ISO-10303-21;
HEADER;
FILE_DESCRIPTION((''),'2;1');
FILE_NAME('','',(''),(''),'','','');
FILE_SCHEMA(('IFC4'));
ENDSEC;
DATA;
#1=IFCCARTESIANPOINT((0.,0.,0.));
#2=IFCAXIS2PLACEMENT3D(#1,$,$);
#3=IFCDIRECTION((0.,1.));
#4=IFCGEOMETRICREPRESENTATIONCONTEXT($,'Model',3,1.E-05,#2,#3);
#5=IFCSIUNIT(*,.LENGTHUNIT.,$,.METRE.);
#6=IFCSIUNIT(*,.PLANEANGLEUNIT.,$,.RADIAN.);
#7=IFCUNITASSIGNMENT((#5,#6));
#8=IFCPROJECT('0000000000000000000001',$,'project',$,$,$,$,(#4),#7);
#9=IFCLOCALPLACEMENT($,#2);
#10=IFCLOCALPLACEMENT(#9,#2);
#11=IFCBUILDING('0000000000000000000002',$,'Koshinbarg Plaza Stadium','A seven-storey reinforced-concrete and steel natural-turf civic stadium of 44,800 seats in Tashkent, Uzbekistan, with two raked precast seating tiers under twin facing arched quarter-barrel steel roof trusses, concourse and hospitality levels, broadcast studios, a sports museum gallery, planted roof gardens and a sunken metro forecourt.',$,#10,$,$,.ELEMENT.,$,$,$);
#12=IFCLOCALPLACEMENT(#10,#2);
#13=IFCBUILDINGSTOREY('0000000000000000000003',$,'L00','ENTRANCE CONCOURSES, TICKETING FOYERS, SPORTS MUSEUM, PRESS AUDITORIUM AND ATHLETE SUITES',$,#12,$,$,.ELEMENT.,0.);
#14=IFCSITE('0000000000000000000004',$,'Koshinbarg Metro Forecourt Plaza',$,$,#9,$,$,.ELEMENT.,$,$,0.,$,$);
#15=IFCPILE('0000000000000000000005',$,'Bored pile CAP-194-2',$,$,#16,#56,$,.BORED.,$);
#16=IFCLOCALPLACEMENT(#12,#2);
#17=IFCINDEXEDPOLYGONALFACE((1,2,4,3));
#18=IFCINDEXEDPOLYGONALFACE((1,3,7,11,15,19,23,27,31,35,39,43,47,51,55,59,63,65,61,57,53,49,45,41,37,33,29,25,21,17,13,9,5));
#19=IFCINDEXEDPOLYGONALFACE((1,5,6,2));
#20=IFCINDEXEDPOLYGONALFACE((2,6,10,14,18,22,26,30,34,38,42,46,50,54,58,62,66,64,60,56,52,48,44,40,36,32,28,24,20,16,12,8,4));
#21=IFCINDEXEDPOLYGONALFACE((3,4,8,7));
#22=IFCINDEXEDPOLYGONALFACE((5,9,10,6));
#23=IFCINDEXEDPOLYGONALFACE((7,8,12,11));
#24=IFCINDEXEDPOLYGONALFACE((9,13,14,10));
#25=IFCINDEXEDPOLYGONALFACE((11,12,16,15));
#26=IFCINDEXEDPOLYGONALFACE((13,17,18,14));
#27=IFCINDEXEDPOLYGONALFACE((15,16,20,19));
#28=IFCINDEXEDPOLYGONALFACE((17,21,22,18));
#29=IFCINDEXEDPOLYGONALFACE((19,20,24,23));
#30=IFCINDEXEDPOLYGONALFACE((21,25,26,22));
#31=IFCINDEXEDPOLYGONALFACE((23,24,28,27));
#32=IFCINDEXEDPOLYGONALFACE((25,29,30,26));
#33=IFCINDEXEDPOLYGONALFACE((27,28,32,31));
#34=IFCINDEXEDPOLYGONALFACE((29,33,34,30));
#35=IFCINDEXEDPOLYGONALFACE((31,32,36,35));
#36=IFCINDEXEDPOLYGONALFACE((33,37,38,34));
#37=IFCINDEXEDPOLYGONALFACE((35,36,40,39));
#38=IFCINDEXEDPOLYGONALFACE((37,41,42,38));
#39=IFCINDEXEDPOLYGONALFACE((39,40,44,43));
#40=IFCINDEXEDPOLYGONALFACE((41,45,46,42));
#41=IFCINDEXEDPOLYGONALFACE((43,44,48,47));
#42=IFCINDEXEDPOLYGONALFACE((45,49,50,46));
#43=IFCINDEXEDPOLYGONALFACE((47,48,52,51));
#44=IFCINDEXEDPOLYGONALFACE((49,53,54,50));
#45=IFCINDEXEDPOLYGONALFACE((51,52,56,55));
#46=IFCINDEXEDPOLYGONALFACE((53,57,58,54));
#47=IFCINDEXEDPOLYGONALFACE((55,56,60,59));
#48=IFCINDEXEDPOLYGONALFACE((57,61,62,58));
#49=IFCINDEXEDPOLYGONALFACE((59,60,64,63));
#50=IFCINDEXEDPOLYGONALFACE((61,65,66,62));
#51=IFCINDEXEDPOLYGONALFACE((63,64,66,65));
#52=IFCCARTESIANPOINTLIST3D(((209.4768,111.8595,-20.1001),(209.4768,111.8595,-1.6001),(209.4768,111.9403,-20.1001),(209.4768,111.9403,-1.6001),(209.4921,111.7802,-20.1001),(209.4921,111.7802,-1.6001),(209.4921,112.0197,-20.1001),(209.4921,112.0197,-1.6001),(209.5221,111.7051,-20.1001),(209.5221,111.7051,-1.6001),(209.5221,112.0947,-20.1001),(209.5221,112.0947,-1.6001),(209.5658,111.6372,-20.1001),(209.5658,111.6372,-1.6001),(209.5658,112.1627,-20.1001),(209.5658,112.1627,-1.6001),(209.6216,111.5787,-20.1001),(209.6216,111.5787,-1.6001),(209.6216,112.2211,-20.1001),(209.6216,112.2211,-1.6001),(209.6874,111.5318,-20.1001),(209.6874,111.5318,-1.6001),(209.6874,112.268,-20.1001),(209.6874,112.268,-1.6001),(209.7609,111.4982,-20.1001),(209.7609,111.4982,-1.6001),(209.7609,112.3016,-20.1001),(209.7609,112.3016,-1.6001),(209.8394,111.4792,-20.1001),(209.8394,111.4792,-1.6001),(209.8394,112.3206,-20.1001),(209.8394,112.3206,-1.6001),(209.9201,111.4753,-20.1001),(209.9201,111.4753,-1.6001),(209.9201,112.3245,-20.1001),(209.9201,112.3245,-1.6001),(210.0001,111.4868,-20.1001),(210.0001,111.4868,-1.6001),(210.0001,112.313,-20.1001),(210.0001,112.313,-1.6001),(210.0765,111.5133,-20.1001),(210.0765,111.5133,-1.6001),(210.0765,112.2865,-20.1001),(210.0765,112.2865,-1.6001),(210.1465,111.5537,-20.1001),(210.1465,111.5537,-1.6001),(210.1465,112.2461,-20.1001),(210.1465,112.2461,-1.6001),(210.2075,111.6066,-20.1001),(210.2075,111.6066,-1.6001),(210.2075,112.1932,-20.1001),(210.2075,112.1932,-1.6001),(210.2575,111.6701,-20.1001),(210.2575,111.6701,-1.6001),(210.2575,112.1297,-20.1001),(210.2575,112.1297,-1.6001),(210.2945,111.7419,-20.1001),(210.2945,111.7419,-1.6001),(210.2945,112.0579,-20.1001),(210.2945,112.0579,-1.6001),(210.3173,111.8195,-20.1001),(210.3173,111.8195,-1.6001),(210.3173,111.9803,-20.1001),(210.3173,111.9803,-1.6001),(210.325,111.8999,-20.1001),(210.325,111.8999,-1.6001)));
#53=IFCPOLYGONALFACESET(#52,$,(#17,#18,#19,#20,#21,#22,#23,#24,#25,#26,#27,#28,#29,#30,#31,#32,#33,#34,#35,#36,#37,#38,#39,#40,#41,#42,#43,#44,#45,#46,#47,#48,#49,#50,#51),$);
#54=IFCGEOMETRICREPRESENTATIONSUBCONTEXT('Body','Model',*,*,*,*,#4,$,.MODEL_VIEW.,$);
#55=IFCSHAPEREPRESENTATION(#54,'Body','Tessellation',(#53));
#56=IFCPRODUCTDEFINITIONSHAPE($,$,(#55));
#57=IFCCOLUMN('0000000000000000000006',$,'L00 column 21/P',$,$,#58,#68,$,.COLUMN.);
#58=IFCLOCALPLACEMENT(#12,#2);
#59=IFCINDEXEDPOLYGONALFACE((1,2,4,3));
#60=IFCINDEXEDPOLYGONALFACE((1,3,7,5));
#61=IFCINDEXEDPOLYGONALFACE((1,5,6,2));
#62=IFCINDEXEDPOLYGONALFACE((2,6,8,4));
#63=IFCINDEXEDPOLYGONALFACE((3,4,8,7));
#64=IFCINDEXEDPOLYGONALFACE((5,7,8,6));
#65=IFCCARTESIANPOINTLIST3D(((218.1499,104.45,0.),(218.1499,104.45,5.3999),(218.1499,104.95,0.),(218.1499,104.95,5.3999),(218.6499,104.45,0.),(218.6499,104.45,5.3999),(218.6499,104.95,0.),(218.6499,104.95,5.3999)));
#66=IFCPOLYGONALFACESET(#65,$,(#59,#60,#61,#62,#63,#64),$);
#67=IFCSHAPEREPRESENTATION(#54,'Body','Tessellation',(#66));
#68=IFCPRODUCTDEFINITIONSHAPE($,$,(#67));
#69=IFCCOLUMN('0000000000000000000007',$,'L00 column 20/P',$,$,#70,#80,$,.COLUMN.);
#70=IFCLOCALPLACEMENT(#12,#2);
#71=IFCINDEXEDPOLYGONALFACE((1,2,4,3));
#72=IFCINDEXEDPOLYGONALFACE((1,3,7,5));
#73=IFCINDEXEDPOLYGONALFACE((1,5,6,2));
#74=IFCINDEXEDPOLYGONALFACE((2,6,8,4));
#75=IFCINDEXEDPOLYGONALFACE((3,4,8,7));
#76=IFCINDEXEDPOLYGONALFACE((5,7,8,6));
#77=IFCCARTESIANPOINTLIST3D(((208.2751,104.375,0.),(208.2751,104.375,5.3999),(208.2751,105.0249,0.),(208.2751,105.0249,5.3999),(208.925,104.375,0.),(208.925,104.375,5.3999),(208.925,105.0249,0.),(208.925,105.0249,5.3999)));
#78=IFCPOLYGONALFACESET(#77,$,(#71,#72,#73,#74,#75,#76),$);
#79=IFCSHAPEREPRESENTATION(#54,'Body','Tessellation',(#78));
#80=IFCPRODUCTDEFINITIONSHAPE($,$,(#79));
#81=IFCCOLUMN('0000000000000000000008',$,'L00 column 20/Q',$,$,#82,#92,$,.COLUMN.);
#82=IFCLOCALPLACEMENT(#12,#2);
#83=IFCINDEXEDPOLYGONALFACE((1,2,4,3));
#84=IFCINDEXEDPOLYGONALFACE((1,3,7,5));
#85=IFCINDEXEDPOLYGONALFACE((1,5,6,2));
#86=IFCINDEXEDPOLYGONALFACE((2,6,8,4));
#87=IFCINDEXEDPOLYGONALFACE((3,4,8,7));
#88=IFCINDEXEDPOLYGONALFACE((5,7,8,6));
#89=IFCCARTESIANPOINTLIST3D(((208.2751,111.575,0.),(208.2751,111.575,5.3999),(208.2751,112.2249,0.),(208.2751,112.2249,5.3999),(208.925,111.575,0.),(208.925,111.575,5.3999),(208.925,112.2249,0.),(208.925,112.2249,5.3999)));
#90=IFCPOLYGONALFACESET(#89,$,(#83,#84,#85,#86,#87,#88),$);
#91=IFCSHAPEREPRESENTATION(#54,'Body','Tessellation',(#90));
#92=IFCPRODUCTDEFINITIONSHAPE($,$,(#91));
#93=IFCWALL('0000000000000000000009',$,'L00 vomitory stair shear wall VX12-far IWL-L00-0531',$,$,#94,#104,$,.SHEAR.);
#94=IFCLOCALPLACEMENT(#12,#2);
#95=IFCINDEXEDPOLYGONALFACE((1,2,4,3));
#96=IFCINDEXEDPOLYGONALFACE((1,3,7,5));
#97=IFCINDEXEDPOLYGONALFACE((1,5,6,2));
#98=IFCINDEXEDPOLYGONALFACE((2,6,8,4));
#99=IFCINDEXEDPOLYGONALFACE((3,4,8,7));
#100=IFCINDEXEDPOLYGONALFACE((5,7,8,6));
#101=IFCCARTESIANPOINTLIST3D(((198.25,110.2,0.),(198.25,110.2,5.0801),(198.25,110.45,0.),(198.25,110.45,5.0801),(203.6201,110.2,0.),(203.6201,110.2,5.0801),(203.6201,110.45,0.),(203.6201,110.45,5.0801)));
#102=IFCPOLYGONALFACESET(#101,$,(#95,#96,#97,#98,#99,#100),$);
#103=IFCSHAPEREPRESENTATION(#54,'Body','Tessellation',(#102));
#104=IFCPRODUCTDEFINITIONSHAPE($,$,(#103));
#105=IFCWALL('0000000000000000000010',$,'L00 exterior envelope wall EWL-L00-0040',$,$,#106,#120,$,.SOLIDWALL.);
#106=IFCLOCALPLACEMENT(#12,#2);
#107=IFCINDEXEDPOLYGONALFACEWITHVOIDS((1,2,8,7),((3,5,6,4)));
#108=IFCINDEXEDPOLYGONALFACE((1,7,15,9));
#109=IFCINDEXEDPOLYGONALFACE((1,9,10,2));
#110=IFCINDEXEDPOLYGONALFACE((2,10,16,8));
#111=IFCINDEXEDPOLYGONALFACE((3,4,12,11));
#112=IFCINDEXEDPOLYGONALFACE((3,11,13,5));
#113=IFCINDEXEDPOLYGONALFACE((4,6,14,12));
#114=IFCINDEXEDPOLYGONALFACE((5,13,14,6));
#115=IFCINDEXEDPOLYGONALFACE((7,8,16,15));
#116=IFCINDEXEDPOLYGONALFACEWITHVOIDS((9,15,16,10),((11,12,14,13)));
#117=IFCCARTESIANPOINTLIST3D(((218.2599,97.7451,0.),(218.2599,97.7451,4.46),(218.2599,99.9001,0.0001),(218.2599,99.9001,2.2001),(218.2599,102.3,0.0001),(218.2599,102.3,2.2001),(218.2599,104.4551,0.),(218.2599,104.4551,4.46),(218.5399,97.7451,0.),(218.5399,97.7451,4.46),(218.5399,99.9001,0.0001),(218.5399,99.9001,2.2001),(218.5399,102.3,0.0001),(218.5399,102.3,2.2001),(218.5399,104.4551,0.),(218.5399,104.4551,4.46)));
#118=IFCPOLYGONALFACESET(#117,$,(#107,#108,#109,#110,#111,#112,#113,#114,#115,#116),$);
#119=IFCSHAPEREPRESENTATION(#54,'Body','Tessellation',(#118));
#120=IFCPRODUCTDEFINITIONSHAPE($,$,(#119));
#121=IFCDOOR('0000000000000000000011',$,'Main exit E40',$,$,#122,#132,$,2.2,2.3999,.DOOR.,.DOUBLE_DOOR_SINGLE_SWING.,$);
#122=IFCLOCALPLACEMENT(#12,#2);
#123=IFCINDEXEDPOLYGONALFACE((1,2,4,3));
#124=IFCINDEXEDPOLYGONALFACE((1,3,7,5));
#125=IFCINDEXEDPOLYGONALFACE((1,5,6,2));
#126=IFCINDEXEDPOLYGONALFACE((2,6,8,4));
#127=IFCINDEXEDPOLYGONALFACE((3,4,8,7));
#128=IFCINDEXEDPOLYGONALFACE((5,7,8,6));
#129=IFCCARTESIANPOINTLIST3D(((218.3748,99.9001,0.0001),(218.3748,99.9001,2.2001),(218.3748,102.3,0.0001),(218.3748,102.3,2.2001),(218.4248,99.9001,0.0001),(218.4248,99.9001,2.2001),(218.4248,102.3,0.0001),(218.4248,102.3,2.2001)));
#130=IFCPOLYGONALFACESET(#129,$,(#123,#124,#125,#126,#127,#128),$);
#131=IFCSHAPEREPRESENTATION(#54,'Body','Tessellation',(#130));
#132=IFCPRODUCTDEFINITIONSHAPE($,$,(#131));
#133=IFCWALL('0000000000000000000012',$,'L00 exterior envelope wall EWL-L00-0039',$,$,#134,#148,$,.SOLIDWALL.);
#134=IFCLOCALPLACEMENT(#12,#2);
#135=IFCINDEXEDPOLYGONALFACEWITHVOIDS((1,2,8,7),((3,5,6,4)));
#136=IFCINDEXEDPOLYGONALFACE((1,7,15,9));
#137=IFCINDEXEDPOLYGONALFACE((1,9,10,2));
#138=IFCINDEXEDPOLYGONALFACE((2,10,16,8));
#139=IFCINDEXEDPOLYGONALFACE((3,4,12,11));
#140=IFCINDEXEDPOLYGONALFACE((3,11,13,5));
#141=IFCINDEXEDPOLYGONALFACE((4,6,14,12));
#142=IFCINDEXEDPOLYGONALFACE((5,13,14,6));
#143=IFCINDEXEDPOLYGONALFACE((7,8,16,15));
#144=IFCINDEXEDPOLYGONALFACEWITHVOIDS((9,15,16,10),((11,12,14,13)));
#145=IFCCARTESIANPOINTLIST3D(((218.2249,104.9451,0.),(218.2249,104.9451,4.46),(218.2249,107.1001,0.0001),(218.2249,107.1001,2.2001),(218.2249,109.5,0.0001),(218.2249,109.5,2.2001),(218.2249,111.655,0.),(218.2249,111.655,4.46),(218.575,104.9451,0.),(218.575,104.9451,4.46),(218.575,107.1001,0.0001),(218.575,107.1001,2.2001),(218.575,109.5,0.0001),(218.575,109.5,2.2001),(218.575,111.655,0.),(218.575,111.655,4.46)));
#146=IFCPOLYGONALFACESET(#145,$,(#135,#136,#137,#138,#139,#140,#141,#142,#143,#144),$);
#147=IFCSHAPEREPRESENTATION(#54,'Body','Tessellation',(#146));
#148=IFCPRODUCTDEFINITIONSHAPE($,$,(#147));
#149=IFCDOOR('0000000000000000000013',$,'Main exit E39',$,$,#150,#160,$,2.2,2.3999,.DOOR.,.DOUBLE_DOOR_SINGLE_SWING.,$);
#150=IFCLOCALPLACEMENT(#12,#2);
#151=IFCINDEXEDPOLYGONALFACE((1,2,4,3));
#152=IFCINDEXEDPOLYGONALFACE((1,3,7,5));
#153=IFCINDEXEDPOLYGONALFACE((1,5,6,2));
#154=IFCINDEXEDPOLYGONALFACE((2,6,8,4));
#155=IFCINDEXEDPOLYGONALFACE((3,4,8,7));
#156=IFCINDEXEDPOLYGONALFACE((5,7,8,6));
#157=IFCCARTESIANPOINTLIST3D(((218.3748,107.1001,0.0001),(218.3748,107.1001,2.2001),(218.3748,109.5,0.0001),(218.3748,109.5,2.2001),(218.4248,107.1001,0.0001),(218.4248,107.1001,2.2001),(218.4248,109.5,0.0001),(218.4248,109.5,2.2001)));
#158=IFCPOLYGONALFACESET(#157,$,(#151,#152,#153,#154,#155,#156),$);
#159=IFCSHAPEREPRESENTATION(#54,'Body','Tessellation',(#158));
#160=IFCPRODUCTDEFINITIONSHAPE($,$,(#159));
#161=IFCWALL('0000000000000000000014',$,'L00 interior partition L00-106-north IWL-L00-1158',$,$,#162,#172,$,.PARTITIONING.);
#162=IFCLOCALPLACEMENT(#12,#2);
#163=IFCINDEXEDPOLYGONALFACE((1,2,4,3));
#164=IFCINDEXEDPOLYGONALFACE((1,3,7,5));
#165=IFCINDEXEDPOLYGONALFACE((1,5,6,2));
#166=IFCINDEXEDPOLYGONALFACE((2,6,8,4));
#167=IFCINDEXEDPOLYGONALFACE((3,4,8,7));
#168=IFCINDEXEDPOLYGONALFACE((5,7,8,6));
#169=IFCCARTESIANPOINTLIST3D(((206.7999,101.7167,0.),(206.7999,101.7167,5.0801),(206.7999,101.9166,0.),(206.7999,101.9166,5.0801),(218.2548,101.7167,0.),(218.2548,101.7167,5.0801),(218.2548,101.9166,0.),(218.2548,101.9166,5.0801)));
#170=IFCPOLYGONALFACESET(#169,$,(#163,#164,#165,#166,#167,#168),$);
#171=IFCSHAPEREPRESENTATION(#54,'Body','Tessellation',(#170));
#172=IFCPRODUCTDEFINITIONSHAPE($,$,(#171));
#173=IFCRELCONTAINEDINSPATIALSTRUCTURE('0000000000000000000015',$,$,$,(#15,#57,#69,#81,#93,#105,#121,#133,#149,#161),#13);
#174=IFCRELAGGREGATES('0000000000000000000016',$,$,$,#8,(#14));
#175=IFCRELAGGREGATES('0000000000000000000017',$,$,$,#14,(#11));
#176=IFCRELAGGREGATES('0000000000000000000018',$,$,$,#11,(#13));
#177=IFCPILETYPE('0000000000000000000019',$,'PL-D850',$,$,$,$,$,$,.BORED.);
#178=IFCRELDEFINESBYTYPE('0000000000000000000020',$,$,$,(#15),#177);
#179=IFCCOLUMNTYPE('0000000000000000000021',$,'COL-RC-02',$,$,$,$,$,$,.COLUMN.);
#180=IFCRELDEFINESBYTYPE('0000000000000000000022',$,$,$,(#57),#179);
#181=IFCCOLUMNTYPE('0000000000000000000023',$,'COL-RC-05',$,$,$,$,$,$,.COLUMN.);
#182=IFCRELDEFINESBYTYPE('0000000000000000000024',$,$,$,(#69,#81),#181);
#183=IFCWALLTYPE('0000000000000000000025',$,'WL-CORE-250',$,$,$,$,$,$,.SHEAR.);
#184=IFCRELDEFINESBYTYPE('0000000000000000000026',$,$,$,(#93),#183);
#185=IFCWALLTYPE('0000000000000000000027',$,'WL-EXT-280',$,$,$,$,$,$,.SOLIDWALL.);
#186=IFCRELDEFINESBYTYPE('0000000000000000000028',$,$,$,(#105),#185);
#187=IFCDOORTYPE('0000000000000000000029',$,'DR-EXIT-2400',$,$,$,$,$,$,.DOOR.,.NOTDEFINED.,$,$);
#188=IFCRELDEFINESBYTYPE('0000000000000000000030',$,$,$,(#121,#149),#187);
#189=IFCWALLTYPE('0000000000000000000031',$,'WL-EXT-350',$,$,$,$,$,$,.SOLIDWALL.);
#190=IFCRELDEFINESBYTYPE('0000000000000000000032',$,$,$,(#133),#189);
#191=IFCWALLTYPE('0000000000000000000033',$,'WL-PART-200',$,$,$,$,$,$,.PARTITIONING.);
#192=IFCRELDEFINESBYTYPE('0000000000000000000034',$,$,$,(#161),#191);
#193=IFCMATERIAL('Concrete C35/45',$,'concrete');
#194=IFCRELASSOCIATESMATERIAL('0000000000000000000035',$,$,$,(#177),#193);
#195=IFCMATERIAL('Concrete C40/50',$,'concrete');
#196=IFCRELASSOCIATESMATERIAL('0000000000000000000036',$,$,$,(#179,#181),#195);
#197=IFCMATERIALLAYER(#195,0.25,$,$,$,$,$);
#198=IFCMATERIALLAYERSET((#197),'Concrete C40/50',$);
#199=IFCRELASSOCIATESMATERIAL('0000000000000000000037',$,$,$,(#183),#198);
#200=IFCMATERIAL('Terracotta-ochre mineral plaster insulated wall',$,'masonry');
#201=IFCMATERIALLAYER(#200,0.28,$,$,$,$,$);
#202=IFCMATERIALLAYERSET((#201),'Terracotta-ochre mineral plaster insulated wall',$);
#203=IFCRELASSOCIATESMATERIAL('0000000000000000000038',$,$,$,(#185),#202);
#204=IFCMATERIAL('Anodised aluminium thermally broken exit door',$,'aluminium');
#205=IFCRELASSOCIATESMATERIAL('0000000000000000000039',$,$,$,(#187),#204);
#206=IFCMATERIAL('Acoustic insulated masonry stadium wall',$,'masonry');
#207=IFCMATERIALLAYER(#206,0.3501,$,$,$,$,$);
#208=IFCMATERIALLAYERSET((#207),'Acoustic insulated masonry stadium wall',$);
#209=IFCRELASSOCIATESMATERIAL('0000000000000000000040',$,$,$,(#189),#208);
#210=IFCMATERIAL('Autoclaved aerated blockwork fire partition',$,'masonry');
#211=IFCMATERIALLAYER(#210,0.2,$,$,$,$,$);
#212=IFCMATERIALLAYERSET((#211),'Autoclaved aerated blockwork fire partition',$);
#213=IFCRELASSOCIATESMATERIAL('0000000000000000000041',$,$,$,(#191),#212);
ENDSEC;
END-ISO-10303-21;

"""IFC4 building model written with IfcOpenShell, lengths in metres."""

from ifc_helpers import new_model, si_unit, direction, frame, frame_2d, origin, origin_2d, place, context, subcontext, project, spatial, rectangle, circle, extrude, material, layer, layer_set, material_profile, profile_set, type_object, element, fill, save


model = new_model("IFC4")

# Units and contexts
model_context = context("Model", 3, precision=1e-05, world=origin(), true_north=direction((0.0, 1.0)))
body_context = subcontext(model_context, "Body", "Model", "MODEL_VIEW")
ifc_project = project(units=[si_unit("LENGTHUNIT", "METRE"), si_unit("PLANEANGLEUNIT", "RADIAN")], contexts=[model_context])

# Site, building, storey
site_placement = place(None, origin())
site = spatial("IfcSite", under=ifc_project, at=site_placement, Name="Koshinbarg Metro Forecourt Plaza", CompositionType="ELEMENT", RefElevation=0.0)
building_placement = place(site_placement, origin())
building = spatial("IfcBuilding", under=site, at=building_placement, Name="Koshinbarg Plaza Stadium", Description="A seven-storey reinforced-concrete and steel natural-turf civic stadium of 44,800 seats in Tashkent, Uzbekistan, with two raked precast seating tiers under twin facing arched quarter-barrel steel roof trusses, concourse and hospitality levels, broadcast studios, a sports museum gallery, planted roof gardens and a sunken metro forecourt.", CompositionType="ELEMENT")
storey_placement = place(building_placement, origin())
storey = spatial("IfcBuildingStorey", under=building, at=storey_placement, Name="L00", Description="ENTRANCE CONCOURSES, TICKETING FOYERS, SPORTS MUSEUM, PRESS AUDITORIUM AND ATHLETE SUITES", CompositionType="ELEMENT", Elevation=0.0)

# Shared definitions
ifc_material_1 = material(Name="Concrete C35/45", Category="concrete")

# Pile
ifc_material_profile_1 = material_profile(ifc_material_1, circle(Radius=0.425, at=origin_2d()), Name="PILE D850")
ifc_profile_set_1 = profile_set([ifc_material_profile_1], Name="Concrete C35/45")
pile_type_1 = type_object("IfcPileType", Name="PL-D850", PredefinedType="BORED", material=ifc_profile_set_1)
for number, where, z_axis, x_axis, name in (
    (1, (209.8999, 111.8999, -1.6001), (0.0, 0.0, -1.0), (1.0, 0.0, 0.0), "Bored pile CAP-194-2"),
):
    element("IfcPile", number, at=place(storey_placement, frame(where, z_axis=z_axis, x_axis=x_axis)), inside=storey, type_object=pile_type_1, Name=name, PredefinedType="BORED", context=body_context, shape_type="SweptSolid", body=[
        extrude(circle(Radius=0.425, at=origin_2d()), origin(), (0.0, 0.0, 1.0), 18.5),
    ])

# Columns
ifc_material_2 = material(Name="Concrete C40/50", Category="concrete")
ifc_material_profile_2 = material_profile(ifc_material_2, rectangle(XDim=0.5, YDim=0.5, at=origin_2d()), Name="RC 500x500")
ifc_profile_set_2 = profile_set([ifc_material_profile_2], Name="Concrete C40/50")
column_type_1 = type_object("IfcColumnType", Name="COL-RC-02", PredefinedType="COLUMN", material=ifc_profile_set_2)
column_placement = place(storey_placement, frame((218.3999, 104.7, 0.0), z_axis=(0.0, 0.0, 1.0), x_axis=(1.0, 0.0, 0.0)))
element("IfcColumn", 2, at=column_placement, inside=storey, type_object=column_type_1, Name="L00 column 21/P", PredefinedType="COLUMN", context=body_context, shape_type="SweptSolid", body=[
    extrude(rectangle(XDim=0.5, YDim=0.5, at=origin_2d()), origin(), (0.0, 0.0, 1.0), 5.3999),
])
ifc_material_profile_3 = material_profile(ifc_material_2, rectangle(XDim=0.6499, YDim=0.6499, at=origin_2d()), Name="RC 650x650")
ifc_profile_set_3 = profile_set([ifc_material_profile_3], Name="Concrete C40/50")
column_type_2 = type_object("IfcColumnType", Name="COL-RC-05", PredefinedType="COLUMN", material=ifc_profile_set_3)
for number, where, z_axis, x_axis, name in (
    (3, (208.6001, 104.7, 0.0), (0.0, 0.0, 1.0), (1.0, 0.0, 0.0), "L00 column 20/P"),
    (4, (208.6001, 111.8999, 0.0), (0.0, 0.0, 1.0), (1.0, 0.0, 0.0), "L00 column 20/Q"),
):
    element("IfcColumn", number, at=place(storey_placement, frame(where, z_axis=z_axis, x_axis=x_axis)), inside=storey, type_object=column_type_2, Name=name, PredefinedType="COLUMN", context=body_context, shape_type="SweptSolid", body=[
        extrude(rectangle(XDim=0.6499, YDim=0.6499, at=origin_2d()), origin(), (0.0, 0.0, 1.0), 5.3999),
    ])

# Wall
ifc_layer_1 = layer(ifc_material_2, 0.25)
ifc_layer_set_1 = layer_set([ifc_layer_1], Name="Concrete C40/50")
wall_type_1 = type_object("IfcWallType", Name="WL-CORE-250", PredefinedType="SHEAR", material=ifc_layer_set_1)
wall_1_placement = place(storey_placement, frame((203.6201, 110.325, 0.0), z_axis=(0.0, 0.0, 1.0), x_axis=(-1.0, 0.0, 0.0)))
element("IfcWall", 5, at=wall_1_placement, inside=storey, type_object=wall_type_1, Name="L00 vomitory stair shear wall VX12-far IWL-L00-0531", PredefinedType="SHEAR", context=body_context, shape_type="SweptSolid", body=[
    extrude(rectangle(XDim=5.3701, YDim=0.25, at=frame_2d((2.6851, 0.0))), origin(), (0.0, 0.0, 1.0), 5.0801),
])

# Walls, openings, doors
ifc_material_3 = material(Name="Terracotta-ochre mineral plaster insulated wall", Category="masonry")
ifc_layer_2 = layer(ifc_material_3, 0.28)
ifc_layer_set_2 = layer_set([ifc_layer_2], Name="Terracotta-ochre mineral plaster insulated wall")
wall_type_2 = type_object("IfcWallType", Name="WL-EXT-280", PredefinedType="SOLIDWALL", material=ifc_layer_set_2)
wall_2_placement = place(storey_placement, frame((218.3999, 104.4551, 0.0), z_axis=(0.0, 0.0, 1.0), x_axis=(0.0, -1.0, 0.0)))
wall_2 = element("IfcWall", 6, at=wall_2_placement, inside=storey, type_object=wall_type_2, Name="L00 exterior envelope wall EWL-L00-0040", PredefinedType="SOLIDWALL", context=body_context, shape_type="SweptSolid", body=[
    extrude(rectangle(XDim=6.71, YDim=0.28, at=frame_2d((3.355, 0.0))), origin(), (0.0, 0.0, 1.0), 4.46),
])
opening_1_placement = place(wall_2_placement, frame((2.155, 0.0, 0.0)))
opening_1 = element("IfcOpeningElement", 7, at=opening_1_placement, cuts=wall_2, PredefinedType="OPENING", context=body_context, shape_type="SweptSolid", body=[
    extrude(rectangle(XDim=2.3999, YDim=2.2, at=frame_2d((1.2, 1.1001))), frame((0.0, 0.1499, 0.0), z_axis=(0.0, -1.0, 0.0), x_axis=(1.0, 0.0, 0.0)), (0.0, 0.0, 1.0), 0.3),
])
ifc_material_4 = material(Name="Anodised aluminium thermally broken exit door", Category="aluminium")
door_type_1 = type_object("IfcDoorType", Name="DR-EXIT-2400", OperationType="NOTDEFINED", PredefinedType="DOOR", material=ifc_material_4)
door_1_placement = place(opening_1_placement, origin())
door_1 = element("IfcDoor", 8, at=door_1_placement, inside=storey, type_object=door_type_1, Name="Main exit E40", OperationType="DOUBLE_DOOR_SINGLE_SWING", OverallHeight=2.2, OverallWidth=2.3999, PredefinedType="DOOR", context=body_context, shape_type="SweptSolid", body=[
    extrude(rectangle(XDim=2.3999, YDim=2.2, at=frame_2d((1.2, 1.1001))), frame((0.0, 0.0249, 0.0), z_axis=(0.0, -1.0, 0.0), x_axis=(1.0, 0.0, 0.0)), (0.0, 0.0, 1.0), 0.05),
])
fill(opening_1, door_1)
ifc_material_5 = material(Name="Acoustic insulated masonry stadium wall", Category="masonry")
ifc_layer_3 = layer(ifc_material_5, 0.3501)
ifc_layer_set_3 = layer_set([ifc_layer_3], Name="Acoustic insulated masonry stadium wall")
wall_type_3 = type_object("IfcWallType", Name="WL-EXT-350", PredefinedType="SOLIDWALL", material=ifc_layer_set_3)
wall_3_placement = place(storey_placement, frame((218.3999, 111.655, 0.0), z_axis=(0.0, 0.0, 1.0), x_axis=(0.0, -1.0, 0.0)))
wall_3 = element("IfcWall", 9, at=wall_3_placement, inside=storey, type_object=wall_type_3, Name="L00 exterior envelope wall EWL-L00-0039", PredefinedType="SOLIDWALL", context=body_context, shape_type="SweptSolid", body=[
    extrude(rectangle(XDim=6.71, YDim=0.3501, at=frame_2d((3.355, 0.0))), origin(), (0.0, 0.0, 1.0), 4.46),
])
opening_2_placement = place(wall_3_placement, frame((2.155, 0.0, 0.0)))
opening_2 = element("IfcOpeningElement", 10, at=opening_2_placement, cuts=wall_3, PredefinedType="OPENING", context=body_context, shape_type="SweptSolid", body=[
    extrude(rectangle(XDim=2.3999, YDim=2.2, at=frame_2d((1.2, 1.1001))), frame((0.0, 0.1851, 0.0), z_axis=(0.0, -1.0, 0.0), x_axis=(1.0, 0.0, 0.0)), (0.0, 0.0, 1.0), 0.3701),
])
door_2_placement = place(opening_2_placement, origin())
door_2 = element("IfcDoor", 11, at=door_2_placement, inside=storey, type_object=door_type_1, Name="Main exit E39", OperationType="DOUBLE_DOOR_SINGLE_SWING", OverallHeight=2.2, OverallWidth=2.3999, PredefinedType="DOOR", context=body_context, shape_type="SweptSolid", body=[
    extrude(rectangle(XDim=2.3999, YDim=2.2, at=frame_2d((1.2, 1.1001))), frame((0.0, 0.0249, 0.0), z_axis=(0.0, -1.0, 0.0), x_axis=(1.0, 0.0, 0.0)), (0.0, 0.0, 1.0), 0.05),
])
fill(opening_2, door_2)

# Wall
ifc_material_6 = material(Name="Autoclaved aerated blockwork fire partition", Category="masonry")
ifc_layer_4 = layer(ifc_material_6, 0.2)
ifc_layer_set_4 = layer_set([ifc_layer_4], Name="Autoclaved aerated blockwork fire partition")
wall_type_4 = type_object("IfcWallType", Name="WL-PART-200", PredefinedType="PARTITIONING", material=ifc_layer_set_4)
for number, where, z_axis, x_axis, name in (
    (12, (218.2549, 101.8167, 0.0), (0.0, 0.0, 1.0), (-1.0, 0.0, 0.0), "L00 interior partition L00-106-north IWL-L00-1158"),
):
    element("IfcWall", number, at=place(storey_placement, frame(where, z_axis=z_axis, x_axis=x_axis)), inside=storey, type_object=wall_type_4, Name=name, PredefinedType="PARTITIONING", context=body_context, shape_type="SweptSolid", body=[
        extrude(rectangle(XDim=11.4548, YDim=0.2, at=frame_2d((5.7275, 0.0))), origin(), (0.0, 0.0, 1.0), 5.0801),
    ])

save(model, "model.ifc")
